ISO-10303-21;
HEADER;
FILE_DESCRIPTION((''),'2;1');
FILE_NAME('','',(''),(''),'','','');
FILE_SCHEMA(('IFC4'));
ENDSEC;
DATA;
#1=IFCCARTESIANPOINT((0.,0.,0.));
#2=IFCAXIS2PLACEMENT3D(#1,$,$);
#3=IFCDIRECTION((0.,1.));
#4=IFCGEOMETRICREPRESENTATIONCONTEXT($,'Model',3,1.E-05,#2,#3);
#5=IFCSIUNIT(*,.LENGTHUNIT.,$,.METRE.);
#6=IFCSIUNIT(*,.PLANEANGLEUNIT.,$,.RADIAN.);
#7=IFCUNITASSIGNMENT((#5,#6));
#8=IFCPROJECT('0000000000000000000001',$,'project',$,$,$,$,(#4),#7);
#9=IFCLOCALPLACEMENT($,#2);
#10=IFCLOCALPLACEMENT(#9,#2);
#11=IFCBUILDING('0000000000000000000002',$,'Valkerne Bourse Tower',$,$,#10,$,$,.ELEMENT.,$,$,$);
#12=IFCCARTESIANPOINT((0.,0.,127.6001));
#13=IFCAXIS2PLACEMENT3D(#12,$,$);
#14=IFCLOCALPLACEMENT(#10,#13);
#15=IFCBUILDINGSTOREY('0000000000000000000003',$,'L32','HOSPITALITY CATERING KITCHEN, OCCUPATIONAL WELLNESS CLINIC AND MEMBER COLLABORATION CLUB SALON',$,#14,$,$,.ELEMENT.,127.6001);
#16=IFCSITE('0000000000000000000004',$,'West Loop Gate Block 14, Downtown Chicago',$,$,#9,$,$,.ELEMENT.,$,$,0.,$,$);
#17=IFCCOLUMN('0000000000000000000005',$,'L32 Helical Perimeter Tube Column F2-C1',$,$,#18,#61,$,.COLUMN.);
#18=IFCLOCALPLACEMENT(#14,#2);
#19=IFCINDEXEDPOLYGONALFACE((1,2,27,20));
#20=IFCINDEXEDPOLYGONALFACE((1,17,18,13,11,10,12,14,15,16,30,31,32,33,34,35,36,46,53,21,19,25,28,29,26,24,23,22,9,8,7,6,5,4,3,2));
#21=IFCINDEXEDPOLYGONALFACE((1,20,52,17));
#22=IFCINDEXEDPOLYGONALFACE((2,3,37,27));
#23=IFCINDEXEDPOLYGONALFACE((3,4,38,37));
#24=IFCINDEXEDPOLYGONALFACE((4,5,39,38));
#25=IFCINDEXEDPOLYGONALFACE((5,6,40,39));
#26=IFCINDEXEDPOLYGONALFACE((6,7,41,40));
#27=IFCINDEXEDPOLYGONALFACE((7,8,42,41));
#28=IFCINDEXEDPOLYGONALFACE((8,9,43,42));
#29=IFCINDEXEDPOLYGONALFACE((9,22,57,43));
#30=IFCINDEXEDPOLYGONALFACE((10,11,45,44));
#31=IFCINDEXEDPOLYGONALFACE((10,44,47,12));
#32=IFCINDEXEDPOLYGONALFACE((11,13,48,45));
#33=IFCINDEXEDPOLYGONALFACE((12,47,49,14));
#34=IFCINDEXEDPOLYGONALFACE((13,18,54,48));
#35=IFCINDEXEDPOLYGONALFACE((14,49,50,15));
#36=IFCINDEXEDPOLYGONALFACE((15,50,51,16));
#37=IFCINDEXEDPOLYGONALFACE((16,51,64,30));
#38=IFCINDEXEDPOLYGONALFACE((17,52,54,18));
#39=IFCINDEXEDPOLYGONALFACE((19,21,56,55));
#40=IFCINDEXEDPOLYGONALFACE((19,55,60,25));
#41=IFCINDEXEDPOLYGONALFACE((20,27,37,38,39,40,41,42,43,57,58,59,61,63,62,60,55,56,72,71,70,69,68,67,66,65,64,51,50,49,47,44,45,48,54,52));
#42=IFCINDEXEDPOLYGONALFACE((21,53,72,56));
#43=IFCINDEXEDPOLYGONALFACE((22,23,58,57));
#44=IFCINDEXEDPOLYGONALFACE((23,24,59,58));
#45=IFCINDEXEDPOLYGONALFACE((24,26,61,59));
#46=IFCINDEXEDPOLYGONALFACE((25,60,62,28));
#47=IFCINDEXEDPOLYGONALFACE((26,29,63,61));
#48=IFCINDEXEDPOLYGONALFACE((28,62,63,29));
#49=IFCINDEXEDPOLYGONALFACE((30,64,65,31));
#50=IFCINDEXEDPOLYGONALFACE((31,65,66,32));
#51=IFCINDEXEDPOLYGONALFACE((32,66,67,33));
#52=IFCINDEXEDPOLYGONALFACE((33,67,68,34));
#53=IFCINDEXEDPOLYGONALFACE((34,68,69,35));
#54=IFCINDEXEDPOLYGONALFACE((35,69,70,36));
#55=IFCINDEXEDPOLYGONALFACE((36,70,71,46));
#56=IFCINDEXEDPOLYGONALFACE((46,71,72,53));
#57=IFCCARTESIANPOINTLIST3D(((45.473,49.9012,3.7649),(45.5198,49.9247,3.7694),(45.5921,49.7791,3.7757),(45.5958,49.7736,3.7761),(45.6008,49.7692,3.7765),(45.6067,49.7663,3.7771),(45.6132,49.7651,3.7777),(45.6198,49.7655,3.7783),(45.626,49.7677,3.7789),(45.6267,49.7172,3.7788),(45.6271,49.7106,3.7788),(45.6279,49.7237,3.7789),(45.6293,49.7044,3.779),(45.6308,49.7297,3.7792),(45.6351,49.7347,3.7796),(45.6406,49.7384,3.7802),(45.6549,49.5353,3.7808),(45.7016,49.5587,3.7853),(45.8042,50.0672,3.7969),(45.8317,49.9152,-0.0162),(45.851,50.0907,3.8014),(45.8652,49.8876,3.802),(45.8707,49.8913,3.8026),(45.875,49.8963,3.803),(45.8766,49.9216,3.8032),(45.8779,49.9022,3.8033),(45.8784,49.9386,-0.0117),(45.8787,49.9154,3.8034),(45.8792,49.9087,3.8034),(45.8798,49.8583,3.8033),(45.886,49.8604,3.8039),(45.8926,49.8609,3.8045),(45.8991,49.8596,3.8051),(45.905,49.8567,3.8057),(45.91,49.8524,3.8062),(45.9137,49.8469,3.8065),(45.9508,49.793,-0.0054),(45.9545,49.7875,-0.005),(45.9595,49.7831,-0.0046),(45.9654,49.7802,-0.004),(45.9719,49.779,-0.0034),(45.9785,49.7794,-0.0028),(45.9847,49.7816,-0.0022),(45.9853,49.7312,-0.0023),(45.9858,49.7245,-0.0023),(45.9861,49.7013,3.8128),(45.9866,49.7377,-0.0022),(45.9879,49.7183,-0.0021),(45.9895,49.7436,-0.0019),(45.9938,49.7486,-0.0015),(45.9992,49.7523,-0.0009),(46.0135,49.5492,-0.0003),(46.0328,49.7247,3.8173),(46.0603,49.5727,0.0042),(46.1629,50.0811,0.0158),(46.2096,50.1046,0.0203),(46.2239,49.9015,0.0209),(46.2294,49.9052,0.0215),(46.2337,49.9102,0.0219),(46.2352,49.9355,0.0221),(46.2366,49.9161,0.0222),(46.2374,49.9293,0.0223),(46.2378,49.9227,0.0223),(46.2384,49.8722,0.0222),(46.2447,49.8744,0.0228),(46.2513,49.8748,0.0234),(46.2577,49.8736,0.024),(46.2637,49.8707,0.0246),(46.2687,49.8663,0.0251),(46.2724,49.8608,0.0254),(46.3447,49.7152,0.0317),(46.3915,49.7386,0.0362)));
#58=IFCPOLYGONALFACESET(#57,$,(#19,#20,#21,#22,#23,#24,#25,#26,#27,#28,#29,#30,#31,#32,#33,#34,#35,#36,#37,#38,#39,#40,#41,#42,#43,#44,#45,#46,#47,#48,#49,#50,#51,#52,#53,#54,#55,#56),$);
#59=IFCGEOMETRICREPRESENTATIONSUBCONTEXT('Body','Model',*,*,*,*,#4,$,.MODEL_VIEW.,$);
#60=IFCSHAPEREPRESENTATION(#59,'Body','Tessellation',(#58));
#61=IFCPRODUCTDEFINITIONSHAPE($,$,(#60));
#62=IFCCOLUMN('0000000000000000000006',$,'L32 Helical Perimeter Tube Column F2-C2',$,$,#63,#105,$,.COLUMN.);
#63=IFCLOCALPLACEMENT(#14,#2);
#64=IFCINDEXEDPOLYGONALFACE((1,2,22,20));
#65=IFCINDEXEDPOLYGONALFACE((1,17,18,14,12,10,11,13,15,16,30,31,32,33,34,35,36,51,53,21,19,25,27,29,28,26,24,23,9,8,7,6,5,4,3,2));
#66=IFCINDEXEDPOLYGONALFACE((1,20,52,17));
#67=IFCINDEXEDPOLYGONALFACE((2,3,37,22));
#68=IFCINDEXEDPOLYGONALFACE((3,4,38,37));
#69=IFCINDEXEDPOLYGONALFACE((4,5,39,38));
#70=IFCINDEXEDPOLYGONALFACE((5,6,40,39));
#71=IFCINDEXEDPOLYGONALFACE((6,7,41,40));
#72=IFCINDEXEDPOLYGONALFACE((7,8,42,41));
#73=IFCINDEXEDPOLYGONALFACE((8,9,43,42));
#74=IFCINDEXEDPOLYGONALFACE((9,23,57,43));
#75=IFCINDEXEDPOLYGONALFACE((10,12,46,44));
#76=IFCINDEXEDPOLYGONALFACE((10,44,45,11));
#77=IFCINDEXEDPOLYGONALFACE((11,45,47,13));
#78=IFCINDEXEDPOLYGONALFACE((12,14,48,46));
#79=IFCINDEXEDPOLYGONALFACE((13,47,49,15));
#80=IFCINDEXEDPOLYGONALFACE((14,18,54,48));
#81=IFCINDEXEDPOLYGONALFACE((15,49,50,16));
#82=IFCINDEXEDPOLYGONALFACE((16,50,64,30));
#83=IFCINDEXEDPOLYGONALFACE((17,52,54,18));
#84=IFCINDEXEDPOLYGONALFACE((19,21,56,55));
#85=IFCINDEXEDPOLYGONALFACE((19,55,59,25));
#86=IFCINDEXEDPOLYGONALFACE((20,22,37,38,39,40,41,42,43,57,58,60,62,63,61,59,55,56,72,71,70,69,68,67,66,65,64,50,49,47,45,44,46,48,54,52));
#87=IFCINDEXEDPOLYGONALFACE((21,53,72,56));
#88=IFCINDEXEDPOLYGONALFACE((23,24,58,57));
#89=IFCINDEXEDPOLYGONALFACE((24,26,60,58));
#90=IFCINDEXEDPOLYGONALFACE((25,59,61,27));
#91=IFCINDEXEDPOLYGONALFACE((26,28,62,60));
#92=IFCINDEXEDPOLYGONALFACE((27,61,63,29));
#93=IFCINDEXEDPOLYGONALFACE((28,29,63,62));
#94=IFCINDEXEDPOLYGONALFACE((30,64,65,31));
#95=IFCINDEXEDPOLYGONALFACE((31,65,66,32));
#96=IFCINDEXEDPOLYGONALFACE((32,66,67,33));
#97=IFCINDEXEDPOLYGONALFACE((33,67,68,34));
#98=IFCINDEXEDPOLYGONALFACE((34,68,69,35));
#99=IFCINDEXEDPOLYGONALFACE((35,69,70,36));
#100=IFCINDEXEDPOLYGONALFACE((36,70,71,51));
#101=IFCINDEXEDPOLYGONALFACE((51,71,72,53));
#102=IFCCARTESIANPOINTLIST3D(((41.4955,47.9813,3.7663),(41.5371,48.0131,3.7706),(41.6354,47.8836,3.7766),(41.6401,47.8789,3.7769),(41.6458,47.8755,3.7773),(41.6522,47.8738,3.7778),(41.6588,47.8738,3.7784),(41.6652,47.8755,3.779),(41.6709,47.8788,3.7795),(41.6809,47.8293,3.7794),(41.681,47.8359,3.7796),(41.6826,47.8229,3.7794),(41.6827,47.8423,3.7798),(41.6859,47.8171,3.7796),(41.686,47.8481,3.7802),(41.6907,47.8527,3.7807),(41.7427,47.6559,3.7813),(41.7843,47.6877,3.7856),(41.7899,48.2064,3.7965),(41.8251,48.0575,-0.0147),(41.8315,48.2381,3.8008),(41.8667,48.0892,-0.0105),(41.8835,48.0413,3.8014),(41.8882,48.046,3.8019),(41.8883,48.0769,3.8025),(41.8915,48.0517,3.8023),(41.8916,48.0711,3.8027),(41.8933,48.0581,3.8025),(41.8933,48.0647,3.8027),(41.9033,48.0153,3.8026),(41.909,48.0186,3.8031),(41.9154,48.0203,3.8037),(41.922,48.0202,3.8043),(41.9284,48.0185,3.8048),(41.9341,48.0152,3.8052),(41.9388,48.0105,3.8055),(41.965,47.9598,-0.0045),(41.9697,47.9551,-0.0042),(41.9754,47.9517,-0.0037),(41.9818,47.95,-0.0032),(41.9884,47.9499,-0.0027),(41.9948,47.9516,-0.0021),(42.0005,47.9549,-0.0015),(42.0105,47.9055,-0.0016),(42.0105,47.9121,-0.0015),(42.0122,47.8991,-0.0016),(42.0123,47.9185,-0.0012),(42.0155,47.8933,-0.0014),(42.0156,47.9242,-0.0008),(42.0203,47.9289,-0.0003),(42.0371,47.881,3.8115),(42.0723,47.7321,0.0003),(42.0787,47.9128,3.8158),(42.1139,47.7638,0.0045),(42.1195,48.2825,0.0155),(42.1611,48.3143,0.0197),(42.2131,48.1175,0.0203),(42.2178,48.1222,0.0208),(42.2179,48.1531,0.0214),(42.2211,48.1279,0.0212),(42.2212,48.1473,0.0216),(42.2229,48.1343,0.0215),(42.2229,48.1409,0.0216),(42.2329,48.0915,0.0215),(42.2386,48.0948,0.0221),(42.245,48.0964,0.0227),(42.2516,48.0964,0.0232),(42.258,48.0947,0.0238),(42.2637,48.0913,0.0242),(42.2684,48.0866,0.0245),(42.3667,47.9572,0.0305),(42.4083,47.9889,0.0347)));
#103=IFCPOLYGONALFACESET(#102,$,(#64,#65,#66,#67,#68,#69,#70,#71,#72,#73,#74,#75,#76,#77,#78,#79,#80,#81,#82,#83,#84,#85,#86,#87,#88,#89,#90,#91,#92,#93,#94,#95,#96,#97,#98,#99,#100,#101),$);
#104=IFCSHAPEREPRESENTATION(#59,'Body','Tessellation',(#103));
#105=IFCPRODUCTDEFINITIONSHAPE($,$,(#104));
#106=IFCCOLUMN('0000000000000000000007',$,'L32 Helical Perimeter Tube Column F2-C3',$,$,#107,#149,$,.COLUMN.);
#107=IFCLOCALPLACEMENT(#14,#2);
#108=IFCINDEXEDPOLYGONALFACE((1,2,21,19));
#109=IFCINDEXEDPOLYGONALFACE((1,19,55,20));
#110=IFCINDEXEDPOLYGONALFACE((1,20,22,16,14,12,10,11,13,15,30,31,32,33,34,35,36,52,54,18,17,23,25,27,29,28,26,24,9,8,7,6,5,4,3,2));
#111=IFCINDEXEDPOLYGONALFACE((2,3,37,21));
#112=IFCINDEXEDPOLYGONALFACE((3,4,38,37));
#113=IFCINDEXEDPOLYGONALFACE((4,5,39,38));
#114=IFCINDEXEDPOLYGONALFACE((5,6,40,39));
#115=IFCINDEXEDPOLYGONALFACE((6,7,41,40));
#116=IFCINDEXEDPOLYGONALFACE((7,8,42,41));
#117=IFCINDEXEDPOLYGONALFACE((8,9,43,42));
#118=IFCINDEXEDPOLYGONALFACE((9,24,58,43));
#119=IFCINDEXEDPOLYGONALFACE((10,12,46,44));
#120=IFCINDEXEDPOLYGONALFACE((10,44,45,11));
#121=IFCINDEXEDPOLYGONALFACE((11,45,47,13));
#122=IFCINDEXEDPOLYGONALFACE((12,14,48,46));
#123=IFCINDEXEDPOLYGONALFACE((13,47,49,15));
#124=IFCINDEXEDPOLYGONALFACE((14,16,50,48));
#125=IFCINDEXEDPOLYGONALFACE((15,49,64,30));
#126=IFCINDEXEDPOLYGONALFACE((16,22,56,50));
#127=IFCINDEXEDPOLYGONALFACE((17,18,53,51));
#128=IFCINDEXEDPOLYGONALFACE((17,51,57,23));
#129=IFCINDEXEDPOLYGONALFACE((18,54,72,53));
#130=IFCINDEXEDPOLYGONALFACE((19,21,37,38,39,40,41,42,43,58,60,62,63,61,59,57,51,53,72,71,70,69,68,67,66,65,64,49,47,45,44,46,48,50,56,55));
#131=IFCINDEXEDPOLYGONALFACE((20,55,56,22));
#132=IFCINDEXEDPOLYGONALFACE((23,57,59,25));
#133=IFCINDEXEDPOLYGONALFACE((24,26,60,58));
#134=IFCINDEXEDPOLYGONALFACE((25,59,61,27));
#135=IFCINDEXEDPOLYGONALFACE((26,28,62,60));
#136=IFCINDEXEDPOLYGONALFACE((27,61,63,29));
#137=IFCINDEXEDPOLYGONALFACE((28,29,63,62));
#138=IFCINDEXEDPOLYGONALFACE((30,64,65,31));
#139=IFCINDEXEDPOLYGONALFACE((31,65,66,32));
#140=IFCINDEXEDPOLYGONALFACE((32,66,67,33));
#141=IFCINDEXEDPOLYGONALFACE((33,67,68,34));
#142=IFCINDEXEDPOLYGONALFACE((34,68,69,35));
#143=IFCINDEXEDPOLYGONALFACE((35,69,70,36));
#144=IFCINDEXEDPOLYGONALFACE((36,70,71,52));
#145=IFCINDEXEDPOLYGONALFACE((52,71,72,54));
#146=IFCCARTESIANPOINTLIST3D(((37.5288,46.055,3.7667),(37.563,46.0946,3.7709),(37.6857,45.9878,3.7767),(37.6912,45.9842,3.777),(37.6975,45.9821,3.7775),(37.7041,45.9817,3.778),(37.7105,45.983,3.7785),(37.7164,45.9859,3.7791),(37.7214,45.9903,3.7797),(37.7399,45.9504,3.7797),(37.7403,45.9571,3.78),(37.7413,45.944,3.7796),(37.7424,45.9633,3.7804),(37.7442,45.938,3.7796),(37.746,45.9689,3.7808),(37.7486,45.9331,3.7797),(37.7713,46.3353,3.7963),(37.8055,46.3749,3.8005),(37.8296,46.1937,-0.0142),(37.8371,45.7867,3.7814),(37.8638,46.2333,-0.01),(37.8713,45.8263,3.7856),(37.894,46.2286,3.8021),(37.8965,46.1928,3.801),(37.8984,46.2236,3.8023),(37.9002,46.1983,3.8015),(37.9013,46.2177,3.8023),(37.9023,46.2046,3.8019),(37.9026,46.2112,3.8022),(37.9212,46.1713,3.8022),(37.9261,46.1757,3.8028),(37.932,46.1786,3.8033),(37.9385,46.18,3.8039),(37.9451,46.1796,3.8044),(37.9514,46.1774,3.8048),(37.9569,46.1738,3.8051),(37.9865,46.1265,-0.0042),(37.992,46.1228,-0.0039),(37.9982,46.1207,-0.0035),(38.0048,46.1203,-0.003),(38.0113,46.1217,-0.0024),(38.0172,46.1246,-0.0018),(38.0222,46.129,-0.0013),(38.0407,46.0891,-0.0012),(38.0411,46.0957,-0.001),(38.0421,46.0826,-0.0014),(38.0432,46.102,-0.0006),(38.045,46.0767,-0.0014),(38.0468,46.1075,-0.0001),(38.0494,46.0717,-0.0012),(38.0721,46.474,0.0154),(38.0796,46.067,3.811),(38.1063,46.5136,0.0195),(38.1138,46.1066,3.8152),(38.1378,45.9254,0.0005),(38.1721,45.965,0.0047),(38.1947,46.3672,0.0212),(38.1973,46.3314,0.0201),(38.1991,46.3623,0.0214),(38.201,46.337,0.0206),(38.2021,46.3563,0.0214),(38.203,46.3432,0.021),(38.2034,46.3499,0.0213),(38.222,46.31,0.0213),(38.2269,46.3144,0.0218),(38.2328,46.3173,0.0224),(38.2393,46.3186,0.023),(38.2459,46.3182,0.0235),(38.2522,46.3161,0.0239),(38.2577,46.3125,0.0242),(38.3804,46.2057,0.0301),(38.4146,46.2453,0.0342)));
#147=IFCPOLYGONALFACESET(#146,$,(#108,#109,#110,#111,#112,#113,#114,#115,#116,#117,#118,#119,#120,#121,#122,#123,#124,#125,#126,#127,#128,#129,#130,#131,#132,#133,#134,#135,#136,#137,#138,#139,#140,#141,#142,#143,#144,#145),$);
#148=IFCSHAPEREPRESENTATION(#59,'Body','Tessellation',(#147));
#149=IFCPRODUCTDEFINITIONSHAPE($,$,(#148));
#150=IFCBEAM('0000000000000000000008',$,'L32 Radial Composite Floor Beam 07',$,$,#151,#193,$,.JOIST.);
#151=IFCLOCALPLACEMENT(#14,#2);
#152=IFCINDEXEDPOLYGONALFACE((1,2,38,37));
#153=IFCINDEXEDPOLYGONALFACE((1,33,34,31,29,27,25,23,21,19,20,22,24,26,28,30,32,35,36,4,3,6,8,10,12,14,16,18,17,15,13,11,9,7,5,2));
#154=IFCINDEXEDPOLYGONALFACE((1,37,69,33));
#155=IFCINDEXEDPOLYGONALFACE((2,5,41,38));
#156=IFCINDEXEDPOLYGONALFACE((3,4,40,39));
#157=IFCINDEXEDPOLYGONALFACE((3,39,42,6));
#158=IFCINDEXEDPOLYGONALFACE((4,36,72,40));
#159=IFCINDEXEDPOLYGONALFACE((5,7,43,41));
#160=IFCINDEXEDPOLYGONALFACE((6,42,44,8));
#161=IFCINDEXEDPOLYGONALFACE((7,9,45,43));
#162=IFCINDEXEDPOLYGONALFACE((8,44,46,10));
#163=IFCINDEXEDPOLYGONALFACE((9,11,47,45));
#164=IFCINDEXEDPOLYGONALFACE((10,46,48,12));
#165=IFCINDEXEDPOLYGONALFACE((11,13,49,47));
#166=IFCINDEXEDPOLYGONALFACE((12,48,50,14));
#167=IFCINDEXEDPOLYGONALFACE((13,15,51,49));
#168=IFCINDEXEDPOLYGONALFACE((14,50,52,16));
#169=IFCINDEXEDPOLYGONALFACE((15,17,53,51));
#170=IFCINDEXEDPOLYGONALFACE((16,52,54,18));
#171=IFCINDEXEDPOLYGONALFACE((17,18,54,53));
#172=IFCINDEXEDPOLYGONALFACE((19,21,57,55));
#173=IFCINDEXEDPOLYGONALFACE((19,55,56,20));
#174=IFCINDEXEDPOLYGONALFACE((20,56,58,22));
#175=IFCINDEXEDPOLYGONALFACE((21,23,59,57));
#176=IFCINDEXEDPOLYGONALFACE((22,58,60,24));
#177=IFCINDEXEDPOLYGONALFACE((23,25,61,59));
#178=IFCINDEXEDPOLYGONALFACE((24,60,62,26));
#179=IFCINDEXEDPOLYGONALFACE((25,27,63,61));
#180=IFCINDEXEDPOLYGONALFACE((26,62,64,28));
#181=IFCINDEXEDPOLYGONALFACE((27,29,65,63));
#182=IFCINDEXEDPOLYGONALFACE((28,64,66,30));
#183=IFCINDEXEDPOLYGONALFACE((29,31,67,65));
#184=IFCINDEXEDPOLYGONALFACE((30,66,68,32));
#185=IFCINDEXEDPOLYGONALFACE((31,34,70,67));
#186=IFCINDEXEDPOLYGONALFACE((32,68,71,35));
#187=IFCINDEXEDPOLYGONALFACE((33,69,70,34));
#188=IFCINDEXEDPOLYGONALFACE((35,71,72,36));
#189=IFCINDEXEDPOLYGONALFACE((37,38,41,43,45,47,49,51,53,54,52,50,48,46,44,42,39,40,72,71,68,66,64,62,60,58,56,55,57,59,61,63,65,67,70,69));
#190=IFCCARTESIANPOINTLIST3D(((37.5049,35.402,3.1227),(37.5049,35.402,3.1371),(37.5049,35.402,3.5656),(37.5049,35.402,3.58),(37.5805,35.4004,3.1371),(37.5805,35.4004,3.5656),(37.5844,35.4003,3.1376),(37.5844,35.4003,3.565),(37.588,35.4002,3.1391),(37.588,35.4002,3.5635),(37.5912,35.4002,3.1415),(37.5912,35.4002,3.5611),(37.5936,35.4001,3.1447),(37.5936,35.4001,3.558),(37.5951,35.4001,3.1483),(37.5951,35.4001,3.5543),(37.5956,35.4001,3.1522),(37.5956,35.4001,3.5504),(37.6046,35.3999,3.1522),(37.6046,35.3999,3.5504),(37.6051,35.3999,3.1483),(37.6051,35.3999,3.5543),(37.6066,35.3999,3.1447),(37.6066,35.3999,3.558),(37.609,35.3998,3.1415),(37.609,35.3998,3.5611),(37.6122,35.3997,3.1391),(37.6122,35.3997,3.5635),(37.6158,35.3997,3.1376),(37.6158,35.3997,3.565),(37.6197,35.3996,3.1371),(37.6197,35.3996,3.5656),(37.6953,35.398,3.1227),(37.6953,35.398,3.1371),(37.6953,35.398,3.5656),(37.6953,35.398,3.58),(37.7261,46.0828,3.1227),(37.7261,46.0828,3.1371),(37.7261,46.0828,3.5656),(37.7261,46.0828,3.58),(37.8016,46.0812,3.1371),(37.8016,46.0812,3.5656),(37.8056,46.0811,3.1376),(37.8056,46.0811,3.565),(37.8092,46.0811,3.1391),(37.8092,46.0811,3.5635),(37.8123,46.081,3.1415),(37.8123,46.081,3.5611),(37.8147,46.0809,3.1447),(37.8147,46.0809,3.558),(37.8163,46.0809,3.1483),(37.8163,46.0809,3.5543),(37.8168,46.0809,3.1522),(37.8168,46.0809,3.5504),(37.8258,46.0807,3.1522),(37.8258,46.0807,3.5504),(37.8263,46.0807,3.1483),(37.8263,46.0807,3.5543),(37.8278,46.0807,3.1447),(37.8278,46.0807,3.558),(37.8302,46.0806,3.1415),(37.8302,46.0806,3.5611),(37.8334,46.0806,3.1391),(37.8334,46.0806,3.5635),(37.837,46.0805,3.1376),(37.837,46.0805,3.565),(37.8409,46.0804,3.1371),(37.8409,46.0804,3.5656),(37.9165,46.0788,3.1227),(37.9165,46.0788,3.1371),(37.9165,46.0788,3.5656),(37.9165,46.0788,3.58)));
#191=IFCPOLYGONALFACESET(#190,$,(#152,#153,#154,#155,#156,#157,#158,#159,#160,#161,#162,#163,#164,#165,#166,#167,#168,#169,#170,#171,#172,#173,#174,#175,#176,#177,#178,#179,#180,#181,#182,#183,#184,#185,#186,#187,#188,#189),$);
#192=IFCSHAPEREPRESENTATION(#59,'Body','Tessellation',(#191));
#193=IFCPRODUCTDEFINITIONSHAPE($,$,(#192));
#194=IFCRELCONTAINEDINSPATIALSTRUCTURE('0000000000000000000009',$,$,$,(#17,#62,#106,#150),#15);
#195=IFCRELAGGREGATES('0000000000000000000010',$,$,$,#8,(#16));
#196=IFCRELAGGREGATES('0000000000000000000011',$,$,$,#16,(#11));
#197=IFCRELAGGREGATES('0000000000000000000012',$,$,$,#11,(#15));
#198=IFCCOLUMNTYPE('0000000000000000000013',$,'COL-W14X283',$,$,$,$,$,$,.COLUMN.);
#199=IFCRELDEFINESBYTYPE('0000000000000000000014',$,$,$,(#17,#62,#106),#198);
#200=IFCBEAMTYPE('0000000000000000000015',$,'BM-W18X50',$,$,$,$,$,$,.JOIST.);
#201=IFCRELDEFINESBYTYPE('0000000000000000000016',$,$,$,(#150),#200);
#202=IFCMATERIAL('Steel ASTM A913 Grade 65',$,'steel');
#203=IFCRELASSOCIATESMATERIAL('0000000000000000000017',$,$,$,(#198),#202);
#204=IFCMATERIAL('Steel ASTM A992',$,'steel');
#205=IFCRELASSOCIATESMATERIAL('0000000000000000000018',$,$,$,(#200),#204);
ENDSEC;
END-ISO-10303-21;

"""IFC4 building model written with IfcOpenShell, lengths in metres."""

from ifc_helpers import new_model, si_unit, direction, frame, origin, origin_2d, place, context, subcontext, project, spatial, i_section, extrude, material, material_profile, profile_set, type_object, element, save


model = new_model("IFC4")

# Units and contexts
model_context = context("Model", 3, precision=1e-05, world=origin(), true_north=direction((0.0, 1.0)))
body_context = subcontext(model_context, "Body", "Model", "MODEL_VIEW")
ifc_project = project(units=[si_unit("LENGTHUNIT", "METRE"), si_unit("PLANEANGLEUNIT", "RADIAN")], contexts=[model_context])

# Site, building, storey
site_placement = place(None, origin())
site = spatial("IfcSite", under=ifc_project, at=site_placement, Name="West Loop Gate Block 14, Downtown Chicago", CompositionType="ELEMENT", RefElevation=0.0)
building_placement = place(site_placement, origin())
building = spatial("IfcBuilding", under=site, at=building_placement, Name="Valkerne Bourse Tower", CompositionType="ELEMENT")
storey_placement = place(building_placement, frame((0.0, 0.0, 127.6001)))
storey = spatial("IfcBuildingStorey", under=building, at=storey_placement, Name="L32", Description="HOSPITALITY CATERING KITCHEN, OCCUPATIONAL WELLNESS CLINIC AND MEMBER COLLABORATION CLUB SALON", CompositionType="ELEMENT", Elevation=127.6001)

# Columns
ifc_material_1 = material(Name="Steel ASTM A913 Grade 65", Category="steel")
ifc_material_profile_1 = material_profile(ifc_material_1, i_section(OverallWidth=0.4089, OverallDepth=0.4243, WebThickness=0.0327, FlangeThickness=0.0525, FilletRadius=0.0254, at=origin_2d()), Name="W14X283")
ifc_profile_set_1 = profile_set([ifc_material_profile_1], Name="Steel ASTM A913 Grade 65")
column_type = type_object("IfcColumnType", Name="COL-W14X283", PredefinedType="COLUMN", material=ifc_profile_set_1)
column_1_placement = place(storey_placement, frame((46.1116, 49.8269, 0.01), z_axis=(-0.094429, -0.003664, 0.995525), x_axis=(-0.444702, 0.894834, -0.038888)))
element("IfcColumn", 1, at=column_1_placement, inside=storey, type_object=column_type, Name="L32 Helical Perimeter Tube Column F2-C1", PredefinedType="COLUMN", context=body_context, shape_type="SweptSolid", body=[
    extrude(i_section(OverallWidth=0.4089, OverallDepth=0.4243, WebThickness=0.0327, FlangeThickness=0.0525, FilletRadius=0.0254, at=origin_2d()), origin(), (0.0, 0.0, 1.0), 3.7981),
])
column_2_placement = place(storey_placement, frame((42.1167, 48.0232, 0.01), z_axis=(-0.086823, -0.020066, 0.996022), x_axis=(-0.604577, 0.795702, -0.036671)))
element("IfcColumn", 2, at=column_2_placement, inside=storey, type_object=column_type, Name="L32 Helical Perimeter Tube Column F2-C2", PredefinedType="COLUMN", context=body_context, shape_type="SweptSolid", body=[
    extrude(i_section(OverallWidth=0.4089, OverallDepth=0.4243, WebThickness=0.0327, FlangeThickness=0.0525, FilletRadius=0.0254, at=origin_2d()), origin(), (0.0, 0.0, 1.0), 3.7961),
])
column_3_placement = place(storey_placement, frame((38.1221, 46.2195, 0.01), z_axis=(-0.079247, -0.036536, 0.996185), x_axis=(-0.753874, 0.656037, -0.03591)))
element("IfcColumn", 3, at=column_3_placement, inside=storey, type_object=column_type, Name="L32 Helical Perimeter Tube Column F2-C3", PredefinedType="COLUMN", context=body_context, shape_type="SweptSolid", body=[
    extrude(i_section(OverallWidth=0.4089, OverallDepth=0.4243, WebThickness=0.0327, FlangeThickness=0.0525, FilletRadius=0.0254, at=origin_2d()), origin(), (0.0, 0.0, 1.0), 3.7954),
])

# Beam
ifc_material_2 = material(Name="Steel ASTM A992", Category="steel")
ifc_material_profile_2 = material_profile(ifc_material_2, i_section(OverallWidth=0.1904, OverallDepth=0.4573, WebThickness=0.009, FlangeThickness=0.0144, FilletRadius=0.0151, at=origin_2d()), Name="W18X50")
ifc_profile_set_2 = profile_set([ifc_material_profile_2], Name="Steel ASTM A992")
beam_type_1 = type_object("IfcBeamType", Name="BM-W18X50", PredefinedType="JOIST", material=ifc_profile_set_2)
beam_1_placement = place(storey_placement, frame((37.8213, 46.0808, 3.3513), z_axis=(-0.020705, -0.999786, 0.0), x_axis=(0.999786, -0.020705, 0.0)))
element("IfcBeam", 4, at=beam_1_placement, inside=storey, type_object=beam_type_1, Name="L32 Radial Composite Floor Beam 07", PredefinedType="JOIST", context=body_context, shape_type="SweptSolid", body=[
    extrude(i_section(OverallWidth=0.1904, OverallDepth=0.4573, WebThickness=0.009, FlangeThickness=0.0144, FilletRadius=0.0151, at=origin_2d()), origin(), (0.0, 0.0, 1.0), 10.6831),
])

save(model, "model.ifc")
